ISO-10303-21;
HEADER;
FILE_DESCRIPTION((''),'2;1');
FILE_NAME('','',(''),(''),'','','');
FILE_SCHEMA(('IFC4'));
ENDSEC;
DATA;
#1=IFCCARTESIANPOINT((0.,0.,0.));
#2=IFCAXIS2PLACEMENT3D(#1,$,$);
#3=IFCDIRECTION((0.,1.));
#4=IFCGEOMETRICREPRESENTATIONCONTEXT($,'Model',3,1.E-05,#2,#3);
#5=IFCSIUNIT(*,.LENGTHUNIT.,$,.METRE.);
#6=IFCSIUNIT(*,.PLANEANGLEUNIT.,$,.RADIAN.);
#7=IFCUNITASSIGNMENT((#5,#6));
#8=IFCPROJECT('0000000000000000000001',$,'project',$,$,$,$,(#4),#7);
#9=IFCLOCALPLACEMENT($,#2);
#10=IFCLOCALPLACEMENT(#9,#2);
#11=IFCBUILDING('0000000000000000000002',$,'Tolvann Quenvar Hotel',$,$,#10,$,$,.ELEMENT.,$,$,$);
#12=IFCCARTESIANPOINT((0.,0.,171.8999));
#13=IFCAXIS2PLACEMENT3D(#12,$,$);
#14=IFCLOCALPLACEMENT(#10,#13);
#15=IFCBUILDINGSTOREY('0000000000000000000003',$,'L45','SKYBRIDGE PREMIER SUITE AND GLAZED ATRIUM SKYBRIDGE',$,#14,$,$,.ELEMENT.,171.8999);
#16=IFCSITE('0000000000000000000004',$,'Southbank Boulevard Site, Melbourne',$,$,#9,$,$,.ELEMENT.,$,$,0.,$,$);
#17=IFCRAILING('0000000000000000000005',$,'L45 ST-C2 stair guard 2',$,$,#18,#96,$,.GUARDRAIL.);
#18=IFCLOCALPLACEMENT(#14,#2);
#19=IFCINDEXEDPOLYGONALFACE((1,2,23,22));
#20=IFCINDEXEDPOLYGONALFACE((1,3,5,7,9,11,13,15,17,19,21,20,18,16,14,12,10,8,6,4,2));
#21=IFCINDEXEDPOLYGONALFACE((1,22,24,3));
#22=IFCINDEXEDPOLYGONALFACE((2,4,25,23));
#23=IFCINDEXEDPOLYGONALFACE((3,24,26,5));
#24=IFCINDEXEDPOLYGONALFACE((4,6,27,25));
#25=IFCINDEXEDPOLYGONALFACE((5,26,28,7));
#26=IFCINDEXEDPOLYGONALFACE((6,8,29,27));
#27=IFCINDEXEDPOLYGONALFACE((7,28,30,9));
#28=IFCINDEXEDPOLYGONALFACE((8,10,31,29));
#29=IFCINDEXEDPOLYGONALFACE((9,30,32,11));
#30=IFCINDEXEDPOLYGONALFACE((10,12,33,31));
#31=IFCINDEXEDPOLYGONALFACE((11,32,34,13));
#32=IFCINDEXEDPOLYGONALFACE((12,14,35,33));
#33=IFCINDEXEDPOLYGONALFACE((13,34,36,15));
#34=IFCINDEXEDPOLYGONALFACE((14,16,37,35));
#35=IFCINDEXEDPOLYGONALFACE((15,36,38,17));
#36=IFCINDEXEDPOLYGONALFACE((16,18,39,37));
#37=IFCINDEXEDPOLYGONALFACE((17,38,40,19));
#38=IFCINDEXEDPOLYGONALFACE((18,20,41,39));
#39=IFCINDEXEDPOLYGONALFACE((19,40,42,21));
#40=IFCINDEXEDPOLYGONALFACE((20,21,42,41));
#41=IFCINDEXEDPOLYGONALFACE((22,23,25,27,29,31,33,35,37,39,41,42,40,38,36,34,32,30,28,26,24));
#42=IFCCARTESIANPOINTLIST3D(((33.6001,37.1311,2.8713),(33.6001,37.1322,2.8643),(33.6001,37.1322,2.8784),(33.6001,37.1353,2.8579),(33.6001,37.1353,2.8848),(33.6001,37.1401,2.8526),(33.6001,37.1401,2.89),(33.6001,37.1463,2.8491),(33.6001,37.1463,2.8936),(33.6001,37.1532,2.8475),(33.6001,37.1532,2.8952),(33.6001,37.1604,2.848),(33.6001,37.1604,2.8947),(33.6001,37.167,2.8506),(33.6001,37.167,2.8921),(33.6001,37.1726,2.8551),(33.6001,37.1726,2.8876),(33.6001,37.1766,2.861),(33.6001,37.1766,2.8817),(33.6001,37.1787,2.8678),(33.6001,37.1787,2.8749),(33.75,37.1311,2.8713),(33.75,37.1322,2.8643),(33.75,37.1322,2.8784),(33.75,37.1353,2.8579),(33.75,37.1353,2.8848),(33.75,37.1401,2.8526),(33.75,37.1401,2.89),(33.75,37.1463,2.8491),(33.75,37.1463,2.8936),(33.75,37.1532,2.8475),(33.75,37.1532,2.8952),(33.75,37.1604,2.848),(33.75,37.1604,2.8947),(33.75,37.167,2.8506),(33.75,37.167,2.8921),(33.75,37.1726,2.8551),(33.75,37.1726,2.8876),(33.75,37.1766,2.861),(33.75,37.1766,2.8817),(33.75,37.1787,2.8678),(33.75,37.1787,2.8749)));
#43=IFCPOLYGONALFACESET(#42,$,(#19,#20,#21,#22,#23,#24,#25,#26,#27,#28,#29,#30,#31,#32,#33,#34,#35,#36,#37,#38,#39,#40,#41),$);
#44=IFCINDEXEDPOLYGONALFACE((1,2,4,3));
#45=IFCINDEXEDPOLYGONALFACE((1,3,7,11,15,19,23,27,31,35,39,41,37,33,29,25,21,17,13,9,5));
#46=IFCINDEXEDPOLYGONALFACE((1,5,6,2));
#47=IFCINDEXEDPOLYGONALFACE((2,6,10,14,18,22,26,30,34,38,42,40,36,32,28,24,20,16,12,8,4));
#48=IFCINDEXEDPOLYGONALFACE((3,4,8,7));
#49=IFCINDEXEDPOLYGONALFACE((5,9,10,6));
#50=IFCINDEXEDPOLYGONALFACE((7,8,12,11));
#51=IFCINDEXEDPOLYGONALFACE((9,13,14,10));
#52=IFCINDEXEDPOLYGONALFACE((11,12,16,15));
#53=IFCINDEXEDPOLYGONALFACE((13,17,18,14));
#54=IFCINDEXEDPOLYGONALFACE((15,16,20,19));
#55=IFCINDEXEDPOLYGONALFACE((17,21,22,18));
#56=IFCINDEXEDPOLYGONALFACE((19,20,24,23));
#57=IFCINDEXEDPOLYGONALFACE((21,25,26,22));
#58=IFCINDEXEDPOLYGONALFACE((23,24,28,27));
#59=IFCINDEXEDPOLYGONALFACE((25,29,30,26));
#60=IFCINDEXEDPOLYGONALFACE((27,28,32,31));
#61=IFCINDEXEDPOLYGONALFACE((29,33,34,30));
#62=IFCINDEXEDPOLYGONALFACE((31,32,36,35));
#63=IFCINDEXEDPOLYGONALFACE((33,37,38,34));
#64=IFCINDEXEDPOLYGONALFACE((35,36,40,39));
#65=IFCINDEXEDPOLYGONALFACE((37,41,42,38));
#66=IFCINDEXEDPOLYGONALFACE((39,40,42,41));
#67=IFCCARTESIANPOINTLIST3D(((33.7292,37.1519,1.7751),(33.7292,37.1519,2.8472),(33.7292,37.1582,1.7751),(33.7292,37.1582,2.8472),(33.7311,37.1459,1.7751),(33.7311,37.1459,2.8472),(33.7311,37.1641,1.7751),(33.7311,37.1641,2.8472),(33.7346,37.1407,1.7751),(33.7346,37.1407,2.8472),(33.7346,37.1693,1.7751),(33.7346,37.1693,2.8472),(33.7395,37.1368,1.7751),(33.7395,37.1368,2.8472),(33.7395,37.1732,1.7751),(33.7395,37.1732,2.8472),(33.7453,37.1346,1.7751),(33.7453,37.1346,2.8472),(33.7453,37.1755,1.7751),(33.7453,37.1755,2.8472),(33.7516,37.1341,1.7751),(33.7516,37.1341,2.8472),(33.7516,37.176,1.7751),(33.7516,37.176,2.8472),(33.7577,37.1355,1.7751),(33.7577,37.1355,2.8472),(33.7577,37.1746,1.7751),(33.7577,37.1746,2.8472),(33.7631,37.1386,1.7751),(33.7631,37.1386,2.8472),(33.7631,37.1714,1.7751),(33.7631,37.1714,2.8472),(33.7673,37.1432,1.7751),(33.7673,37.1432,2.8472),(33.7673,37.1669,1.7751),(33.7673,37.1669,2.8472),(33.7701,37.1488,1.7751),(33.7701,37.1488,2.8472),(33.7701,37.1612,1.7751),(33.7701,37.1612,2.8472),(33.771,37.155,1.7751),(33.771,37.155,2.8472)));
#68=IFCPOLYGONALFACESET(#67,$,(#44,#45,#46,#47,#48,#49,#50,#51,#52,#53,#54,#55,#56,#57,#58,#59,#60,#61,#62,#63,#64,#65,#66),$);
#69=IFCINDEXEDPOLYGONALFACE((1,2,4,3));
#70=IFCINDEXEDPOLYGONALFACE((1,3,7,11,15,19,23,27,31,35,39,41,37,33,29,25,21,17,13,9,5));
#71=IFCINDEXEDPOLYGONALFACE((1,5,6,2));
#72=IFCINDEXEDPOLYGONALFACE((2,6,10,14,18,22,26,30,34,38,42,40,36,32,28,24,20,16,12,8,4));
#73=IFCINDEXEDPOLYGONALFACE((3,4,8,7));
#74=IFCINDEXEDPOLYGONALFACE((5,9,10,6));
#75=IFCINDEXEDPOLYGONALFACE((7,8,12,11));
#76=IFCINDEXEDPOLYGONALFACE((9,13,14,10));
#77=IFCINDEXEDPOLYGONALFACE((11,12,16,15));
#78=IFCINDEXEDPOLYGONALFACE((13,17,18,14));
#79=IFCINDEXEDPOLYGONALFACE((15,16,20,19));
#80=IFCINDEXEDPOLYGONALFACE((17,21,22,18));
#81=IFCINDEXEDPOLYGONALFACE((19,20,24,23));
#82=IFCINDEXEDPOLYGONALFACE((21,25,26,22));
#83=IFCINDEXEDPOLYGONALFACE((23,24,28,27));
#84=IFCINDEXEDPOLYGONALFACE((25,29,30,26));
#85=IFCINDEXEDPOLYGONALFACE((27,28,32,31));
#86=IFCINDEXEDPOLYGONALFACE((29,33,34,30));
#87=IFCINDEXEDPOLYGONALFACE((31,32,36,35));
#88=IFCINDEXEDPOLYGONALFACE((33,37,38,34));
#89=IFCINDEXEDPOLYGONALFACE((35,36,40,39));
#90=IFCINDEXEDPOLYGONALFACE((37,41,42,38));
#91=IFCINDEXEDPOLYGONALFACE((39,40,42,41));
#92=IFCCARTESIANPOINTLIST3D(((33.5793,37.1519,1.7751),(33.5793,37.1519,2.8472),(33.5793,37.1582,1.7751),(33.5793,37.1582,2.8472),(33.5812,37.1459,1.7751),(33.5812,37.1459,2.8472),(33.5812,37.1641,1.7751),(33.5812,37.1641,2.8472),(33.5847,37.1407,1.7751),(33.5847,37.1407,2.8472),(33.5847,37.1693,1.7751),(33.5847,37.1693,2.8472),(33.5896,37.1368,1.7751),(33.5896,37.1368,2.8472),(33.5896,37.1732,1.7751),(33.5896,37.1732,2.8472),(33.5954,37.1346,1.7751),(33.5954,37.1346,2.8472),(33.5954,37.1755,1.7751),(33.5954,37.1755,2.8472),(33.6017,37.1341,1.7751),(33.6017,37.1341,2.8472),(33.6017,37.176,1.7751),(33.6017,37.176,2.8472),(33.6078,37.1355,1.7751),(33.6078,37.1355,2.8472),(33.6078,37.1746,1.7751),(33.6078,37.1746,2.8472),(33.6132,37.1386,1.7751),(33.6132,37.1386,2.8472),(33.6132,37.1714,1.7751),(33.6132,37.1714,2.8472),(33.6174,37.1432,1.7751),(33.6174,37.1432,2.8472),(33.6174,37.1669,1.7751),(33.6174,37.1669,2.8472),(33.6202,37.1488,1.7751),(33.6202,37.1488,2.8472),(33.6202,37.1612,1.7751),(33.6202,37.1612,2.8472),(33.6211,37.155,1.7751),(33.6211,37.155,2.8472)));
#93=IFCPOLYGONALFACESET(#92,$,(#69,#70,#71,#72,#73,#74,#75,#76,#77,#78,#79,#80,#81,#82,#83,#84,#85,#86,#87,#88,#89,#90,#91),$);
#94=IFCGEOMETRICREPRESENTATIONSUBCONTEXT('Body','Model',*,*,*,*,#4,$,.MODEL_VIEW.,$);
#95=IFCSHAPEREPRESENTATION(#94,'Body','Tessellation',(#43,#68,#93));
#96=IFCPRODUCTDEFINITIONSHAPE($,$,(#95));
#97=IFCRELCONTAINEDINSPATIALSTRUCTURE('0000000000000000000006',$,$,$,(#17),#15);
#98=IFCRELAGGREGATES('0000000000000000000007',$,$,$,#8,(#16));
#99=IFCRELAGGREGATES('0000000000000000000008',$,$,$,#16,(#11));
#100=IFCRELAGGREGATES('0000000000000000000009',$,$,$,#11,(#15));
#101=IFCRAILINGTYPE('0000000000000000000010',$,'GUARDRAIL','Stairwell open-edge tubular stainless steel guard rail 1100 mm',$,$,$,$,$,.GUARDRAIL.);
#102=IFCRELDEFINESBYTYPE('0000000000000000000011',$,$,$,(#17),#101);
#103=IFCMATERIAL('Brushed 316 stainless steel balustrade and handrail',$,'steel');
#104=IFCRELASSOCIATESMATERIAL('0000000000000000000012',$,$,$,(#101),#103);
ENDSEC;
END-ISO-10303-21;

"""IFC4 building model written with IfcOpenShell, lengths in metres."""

from ifc_helpers import new_model, si_unit, direction, frame, origin, origin_2d, place, context, subcontext, project, spatial, circle, extrude, material, type_object, element, save


model = new_model("IFC4")

# Units and contexts
model_context = context("Model", 3, precision=1e-05, world=origin(), true_north=direction((0.0, 1.0)))
body_context = subcontext(model_context, "Body", "Model", "MODEL_VIEW")
ifc_project = project(units=[si_unit("LENGTHUNIT", "METRE"), si_unit("PLANEANGLEUNIT", "RADIAN")], contexts=[model_context])

# Site, building, storey
site_placement = place(None, origin())
site = spatial("IfcSite", under=ifc_project, at=site_placement, Name="Southbank Boulevard Site, Melbourne", CompositionType="ELEMENT", RefElevation=0.0)
building_placement = place(site_placement, origin())
building = spatial("IfcBuilding", under=site, at=building_placement, Name="Tolvann Quenvar Hotel", CompositionType="ELEMENT")
storey_placement = place(building_placement, frame((0.0, 0.0, 171.8999)))
storey = spatial("IfcBuildingStorey", under=building, at=storey_placement, Name="L45", Description="SKYBRIDGE PREMIER SUITE AND GLAZED ATRIUM SKYBRIDGE", CompositionType="ELEMENT", Elevation=171.8999)

# Railing
ifc_material_1 = material(Name="Brushed 316 stainless steel balustrade and handrail", Category="steel")
railing_type_1 = type_object("IfcRailingType", Name="GUARDRAIL", Description="Stairwell open-edge tubular stainless steel guard rail 1100 mm", PredefinedType="GUARDRAIL", material=ifc_material_1)
railing_1_placement = place(storey_placement, frame((33.75, 37.155, 1.7751)))
element("IfcRailing", 1, at=railing_1_placement, inside=storey, type_object=railing_type_1, Name="L45 ST-C2 stair guard 2", PredefinedType="GUARDRAIL", context=body_context, shape_type="SweptSolid", body=[
    extrude(circle(Radius=0.0239, at=origin_2d()), frame((0.0, 0.0, 1.0962), z_axis=(-1.0, 0.0, 0.0), x_axis=(0.0, -1.0, 0.0)), (0.0, 0.0, 1.0), 0.1499),
    extrude(circle(Radius=0.021, at=origin_2d()), origin(), (0.0, 0.0, 1.0), 1.072),
    extrude(circle(Radius=0.021, at=origin_2d()), frame((-0.1499, 0.0, 0.0)), (0.0, 0.0, 1.0), 1.072),
])

save(model, "model.ifc")
